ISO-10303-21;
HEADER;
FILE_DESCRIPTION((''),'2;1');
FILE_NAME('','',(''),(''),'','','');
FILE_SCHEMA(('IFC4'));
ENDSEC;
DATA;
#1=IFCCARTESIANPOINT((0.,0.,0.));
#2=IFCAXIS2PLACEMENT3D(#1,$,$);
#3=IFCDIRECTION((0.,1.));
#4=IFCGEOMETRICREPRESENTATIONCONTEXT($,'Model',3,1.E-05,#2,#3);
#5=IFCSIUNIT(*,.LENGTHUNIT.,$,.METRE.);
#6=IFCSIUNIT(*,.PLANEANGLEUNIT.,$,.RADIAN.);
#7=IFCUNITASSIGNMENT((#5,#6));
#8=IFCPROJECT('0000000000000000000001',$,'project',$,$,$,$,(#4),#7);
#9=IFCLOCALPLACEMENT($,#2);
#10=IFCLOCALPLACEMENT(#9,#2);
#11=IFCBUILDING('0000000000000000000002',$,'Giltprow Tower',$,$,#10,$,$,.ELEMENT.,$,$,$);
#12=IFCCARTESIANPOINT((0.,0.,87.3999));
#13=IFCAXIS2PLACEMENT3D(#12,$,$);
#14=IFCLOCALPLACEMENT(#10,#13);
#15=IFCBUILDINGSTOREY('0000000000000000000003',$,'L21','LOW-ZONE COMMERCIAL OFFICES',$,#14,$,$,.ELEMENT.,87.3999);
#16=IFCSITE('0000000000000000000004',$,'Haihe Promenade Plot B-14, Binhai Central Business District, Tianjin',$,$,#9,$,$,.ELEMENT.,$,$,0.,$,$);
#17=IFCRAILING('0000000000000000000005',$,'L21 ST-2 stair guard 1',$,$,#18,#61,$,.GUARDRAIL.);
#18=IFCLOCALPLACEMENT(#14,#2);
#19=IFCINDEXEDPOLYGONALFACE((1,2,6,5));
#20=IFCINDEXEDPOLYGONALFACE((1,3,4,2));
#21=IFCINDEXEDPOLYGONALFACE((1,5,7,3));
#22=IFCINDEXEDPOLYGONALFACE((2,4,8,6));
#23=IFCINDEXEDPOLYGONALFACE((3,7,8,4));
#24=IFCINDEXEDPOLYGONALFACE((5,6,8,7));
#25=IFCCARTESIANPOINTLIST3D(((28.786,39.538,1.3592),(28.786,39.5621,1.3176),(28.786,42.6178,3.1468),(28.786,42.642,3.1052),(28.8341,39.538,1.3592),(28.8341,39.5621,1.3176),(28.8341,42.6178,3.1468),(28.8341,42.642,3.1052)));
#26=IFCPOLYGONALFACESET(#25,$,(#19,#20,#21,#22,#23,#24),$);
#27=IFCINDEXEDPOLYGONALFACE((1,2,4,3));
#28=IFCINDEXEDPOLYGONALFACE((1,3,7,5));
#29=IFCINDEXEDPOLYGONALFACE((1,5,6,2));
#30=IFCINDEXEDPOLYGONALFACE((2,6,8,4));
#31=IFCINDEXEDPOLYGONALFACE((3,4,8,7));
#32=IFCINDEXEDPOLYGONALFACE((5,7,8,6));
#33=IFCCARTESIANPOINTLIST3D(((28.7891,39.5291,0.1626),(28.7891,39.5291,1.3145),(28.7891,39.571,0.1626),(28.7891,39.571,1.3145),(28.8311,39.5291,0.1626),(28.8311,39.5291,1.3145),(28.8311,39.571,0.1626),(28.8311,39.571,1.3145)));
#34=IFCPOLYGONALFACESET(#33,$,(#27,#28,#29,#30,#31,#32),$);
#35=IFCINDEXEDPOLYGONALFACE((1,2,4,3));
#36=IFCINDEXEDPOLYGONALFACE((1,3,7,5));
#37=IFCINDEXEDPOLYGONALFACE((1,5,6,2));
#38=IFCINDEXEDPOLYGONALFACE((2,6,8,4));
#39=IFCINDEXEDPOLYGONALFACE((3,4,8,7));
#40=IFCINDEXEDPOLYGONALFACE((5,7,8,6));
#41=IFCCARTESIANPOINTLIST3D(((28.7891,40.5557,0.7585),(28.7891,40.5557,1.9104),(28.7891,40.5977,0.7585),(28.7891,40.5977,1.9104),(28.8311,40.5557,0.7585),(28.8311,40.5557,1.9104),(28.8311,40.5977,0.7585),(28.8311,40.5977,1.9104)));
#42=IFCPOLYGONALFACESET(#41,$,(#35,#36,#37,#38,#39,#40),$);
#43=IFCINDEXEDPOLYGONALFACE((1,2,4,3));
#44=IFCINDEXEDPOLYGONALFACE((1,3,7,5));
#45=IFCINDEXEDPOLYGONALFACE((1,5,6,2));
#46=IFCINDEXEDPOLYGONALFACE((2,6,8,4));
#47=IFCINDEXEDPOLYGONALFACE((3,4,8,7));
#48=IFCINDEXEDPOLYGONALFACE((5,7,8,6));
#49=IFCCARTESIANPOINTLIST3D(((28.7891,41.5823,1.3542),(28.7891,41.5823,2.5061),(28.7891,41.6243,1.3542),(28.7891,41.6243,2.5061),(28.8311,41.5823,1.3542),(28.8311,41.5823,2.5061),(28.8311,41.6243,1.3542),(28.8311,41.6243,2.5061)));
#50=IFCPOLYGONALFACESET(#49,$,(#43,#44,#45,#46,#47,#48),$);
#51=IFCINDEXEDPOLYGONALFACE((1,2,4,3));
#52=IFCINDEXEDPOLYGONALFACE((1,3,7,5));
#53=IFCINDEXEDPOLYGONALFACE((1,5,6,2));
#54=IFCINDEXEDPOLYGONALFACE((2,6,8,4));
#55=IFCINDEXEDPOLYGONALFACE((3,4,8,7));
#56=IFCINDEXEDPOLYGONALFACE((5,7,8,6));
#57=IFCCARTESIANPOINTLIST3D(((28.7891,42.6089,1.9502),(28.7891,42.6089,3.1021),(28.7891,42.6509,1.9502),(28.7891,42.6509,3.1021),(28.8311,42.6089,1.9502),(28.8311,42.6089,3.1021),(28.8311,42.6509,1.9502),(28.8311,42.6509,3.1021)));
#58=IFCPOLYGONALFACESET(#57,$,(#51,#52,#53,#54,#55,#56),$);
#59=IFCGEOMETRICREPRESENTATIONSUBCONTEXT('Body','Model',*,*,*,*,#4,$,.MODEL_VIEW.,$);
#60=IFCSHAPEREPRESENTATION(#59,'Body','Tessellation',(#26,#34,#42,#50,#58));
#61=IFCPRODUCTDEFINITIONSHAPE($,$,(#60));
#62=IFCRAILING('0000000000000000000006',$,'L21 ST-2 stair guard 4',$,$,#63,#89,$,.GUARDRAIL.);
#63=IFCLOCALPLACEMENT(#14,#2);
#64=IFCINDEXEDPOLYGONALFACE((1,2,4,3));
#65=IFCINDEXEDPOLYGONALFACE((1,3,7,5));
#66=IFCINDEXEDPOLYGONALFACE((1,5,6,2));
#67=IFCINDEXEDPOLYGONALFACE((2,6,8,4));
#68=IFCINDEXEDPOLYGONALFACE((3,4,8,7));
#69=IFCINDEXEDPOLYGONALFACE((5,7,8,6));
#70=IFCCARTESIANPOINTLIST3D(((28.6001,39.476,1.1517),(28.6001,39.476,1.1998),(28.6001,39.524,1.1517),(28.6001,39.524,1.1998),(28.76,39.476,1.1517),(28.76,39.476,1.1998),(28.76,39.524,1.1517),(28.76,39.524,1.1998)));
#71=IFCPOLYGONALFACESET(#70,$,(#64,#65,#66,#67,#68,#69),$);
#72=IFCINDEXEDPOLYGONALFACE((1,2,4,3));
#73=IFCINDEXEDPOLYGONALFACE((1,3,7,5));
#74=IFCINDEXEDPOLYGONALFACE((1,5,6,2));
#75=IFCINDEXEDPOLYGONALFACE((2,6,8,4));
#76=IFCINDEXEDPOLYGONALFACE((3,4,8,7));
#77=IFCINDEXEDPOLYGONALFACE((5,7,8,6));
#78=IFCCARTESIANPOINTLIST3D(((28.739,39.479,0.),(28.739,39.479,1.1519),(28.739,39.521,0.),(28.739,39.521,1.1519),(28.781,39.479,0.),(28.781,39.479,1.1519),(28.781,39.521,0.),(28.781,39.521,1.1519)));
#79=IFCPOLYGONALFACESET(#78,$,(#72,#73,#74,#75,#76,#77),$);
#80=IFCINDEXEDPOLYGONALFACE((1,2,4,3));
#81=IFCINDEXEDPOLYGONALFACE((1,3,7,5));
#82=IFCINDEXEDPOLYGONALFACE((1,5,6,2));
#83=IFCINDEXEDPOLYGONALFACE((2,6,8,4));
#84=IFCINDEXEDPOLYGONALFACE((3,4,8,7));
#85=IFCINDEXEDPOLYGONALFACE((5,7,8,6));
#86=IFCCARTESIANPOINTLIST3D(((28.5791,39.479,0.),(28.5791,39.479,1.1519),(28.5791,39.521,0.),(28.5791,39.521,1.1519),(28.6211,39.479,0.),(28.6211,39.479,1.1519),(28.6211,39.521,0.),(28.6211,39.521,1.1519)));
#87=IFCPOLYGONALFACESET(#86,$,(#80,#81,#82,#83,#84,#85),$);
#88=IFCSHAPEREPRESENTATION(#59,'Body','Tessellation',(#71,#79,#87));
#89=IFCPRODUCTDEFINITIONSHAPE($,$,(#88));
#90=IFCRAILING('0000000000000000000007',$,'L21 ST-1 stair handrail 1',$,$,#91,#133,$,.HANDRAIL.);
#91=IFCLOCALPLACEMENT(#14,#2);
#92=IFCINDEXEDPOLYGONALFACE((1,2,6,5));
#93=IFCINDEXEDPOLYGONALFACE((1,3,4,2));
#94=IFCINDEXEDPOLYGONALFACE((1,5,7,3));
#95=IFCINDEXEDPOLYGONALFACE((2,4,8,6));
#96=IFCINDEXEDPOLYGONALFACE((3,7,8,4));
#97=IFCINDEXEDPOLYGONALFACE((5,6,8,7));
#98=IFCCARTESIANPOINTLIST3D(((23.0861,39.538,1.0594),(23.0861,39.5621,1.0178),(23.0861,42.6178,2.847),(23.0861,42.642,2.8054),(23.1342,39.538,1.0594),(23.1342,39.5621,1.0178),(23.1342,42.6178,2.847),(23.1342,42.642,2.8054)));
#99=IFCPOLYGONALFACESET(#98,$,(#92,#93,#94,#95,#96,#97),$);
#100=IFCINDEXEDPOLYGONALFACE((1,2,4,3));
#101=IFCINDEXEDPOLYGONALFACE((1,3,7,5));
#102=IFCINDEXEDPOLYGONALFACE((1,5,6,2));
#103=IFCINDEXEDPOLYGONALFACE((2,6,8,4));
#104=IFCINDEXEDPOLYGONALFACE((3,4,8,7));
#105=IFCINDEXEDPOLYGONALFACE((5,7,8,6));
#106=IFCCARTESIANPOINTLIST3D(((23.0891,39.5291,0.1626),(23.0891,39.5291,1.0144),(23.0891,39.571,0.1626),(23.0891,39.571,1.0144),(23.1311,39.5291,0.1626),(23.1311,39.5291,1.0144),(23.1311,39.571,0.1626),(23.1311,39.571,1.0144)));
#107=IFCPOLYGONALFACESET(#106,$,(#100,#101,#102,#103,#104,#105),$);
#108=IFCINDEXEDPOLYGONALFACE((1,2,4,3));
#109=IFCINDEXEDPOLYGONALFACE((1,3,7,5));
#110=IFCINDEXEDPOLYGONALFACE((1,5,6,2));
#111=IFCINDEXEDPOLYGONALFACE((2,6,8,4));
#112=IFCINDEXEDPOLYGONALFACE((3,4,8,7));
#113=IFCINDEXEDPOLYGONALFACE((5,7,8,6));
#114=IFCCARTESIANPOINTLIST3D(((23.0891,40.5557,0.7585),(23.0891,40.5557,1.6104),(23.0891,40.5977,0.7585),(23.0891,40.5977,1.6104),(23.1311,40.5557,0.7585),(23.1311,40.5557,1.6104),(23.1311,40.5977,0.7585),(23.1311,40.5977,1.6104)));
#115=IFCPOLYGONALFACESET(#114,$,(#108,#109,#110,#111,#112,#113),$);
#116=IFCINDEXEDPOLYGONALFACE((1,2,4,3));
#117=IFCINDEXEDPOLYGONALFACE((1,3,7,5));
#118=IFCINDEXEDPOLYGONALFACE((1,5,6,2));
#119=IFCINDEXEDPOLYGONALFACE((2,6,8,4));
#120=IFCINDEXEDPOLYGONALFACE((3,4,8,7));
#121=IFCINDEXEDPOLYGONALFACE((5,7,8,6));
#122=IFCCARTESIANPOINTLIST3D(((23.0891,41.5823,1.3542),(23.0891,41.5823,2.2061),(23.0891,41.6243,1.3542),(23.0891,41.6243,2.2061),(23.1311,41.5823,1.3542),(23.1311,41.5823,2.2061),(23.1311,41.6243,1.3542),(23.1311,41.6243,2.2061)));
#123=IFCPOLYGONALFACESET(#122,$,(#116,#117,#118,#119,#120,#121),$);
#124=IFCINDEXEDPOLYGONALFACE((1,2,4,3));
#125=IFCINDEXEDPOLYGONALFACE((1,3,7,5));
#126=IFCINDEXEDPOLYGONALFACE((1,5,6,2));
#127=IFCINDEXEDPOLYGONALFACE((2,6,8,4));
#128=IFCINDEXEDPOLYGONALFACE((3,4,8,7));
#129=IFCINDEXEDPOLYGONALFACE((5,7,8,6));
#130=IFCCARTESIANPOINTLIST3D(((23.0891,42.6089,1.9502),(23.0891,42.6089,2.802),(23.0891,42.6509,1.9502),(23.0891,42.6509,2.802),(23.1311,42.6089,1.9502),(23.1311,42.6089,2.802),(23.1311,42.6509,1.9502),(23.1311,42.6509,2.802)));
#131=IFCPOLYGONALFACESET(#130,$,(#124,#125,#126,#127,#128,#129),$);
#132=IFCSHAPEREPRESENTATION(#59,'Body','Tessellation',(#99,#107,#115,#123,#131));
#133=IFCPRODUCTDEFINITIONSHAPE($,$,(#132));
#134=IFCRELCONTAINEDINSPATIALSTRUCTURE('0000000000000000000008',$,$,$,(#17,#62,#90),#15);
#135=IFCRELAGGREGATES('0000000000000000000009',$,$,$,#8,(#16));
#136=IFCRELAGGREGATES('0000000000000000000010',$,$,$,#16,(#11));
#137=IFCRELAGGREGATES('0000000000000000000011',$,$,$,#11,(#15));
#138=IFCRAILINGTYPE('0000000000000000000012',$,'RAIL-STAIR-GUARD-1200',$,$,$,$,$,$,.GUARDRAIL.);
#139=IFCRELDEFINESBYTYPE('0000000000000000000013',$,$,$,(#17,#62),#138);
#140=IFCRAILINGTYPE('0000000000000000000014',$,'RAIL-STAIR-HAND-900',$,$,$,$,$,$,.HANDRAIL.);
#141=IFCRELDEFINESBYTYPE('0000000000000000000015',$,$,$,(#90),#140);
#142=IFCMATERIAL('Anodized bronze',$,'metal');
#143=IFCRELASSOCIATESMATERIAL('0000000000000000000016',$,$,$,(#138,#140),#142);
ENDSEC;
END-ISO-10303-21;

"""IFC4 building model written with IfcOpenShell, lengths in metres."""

from ifc_helpers import new_model, si_unit, direction, frame, origin, origin_2d, place, context, subcontext, project, spatial, rectangle, extrude, material, type_object, element, save


model = new_model("IFC4")

# Units and contexts
model_context = context("Model", 3, precision=1e-05, world=origin(), true_north=direction((0.0, 1.0)))
body_context = subcontext(model_context, "Body", "Model", "MODEL_VIEW")
ifc_project = project(units=[si_unit("LENGTHUNIT", "METRE"), si_unit("PLANEANGLEUNIT", "RADIAN")], contexts=[model_context])

# Site, building, storey
site_placement = place(None, origin())
site = spatial("IfcSite", under=ifc_project, at=site_placement, Name="Haihe Promenade Plot B-14, Binhai Central Business District, Tianjin", CompositionType="ELEMENT", RefElevation=0.0)
building_placement = place(site_placement, origin())
building = spatial("IfcBuilding", under=site, at=building_placement, Name="Giltprow Tower", CompositionType="ELEMENT")
storey_placement = place(building_placement, frame((0.0, 0.0, 87.3999)))
storey = spatial("IfcBuildingStorey", under=building, at=storey_placement, Name="L21", Description="LOW-ZONE COMMERCIAL OFFICES", CompositionType="ELEMENT", Elevation=87.3999)

# Railings
ifc_material_1 = material(Name="Anodized bronze", Category="metal")
railing_type_1 = type_object("IfcRailingType", Name="RAIL-STAIR-GUARD-1200", PredefinedType="GUARDRAIL", material=ifc_material_1)
railing_1_placement = place(storey_placement, frame((28.8101, 39.55, 0.1626)))
element("IfcRailing", 1, at=railing_1_placement, inside=storey, type_object=railing_type_1, Name="L21 ST-2 stair guard 1", PredefinedType="GUARDRAIL", context=body_context, shape_type="SweptSolid", body=[
    extrude(rectangle(XDim=0.0481, YDim=0.0481, at=origin_2d()), frame((0.0, 0.0, 1.1758), z_axis=(0.0, 0.864873, 0.50199), x_axis=(-1.0, 0.0, 0.0)), (0.0, 0.0, 1.0), 3.561),
    extrude(rectangle(XDim=0.042, YDim=0.042, at=origin_2d()), origin(), (0.0, 0.0, 1.0), 1.1519),
    extrude(rectangle(XDim=0.042, YDim=0.042, at=origin_2d()), frame((0.0, 1.0266, 0.5959)), (0.0, 0.0, 1.0), 1.1519),
    extrude(rectangle(XDim=0.042, YDim=0.042, at=origin_2d()), frame((0.0, 2.0532, 1.1917)), (0.0, 0.0, 1.0), 1.1519),
    extrude(rectangle(XDim=0.042, YDim=0.042, at=origin_2d()), frame((0.0, 3.0798, 1.7876)), (0.0, 0.0, 1.0), 1.1519),
])
railing_2_placement = place(storey_placement, frame((28.76, 39.5, 0.0)))
element("IfcRailing", 2, at=railing_2_placement, inside=storey, type_object=railing_type_1, Name="L21 ST-2 stair guard 4", PredefinedType="GUARDRAIL", context=body_context, shape_type="SweptSolid", body=[
    extrude(rectangle(XDim=0.0481, YDim=0.0481, at=origin_2d()), frame((0.0, 0.0, 1.1758), z_axis=(-1.0, 0.0, 0.0), x_axis=(0.0, -1.0, 0.0)), (0.0, 0.0, 1.0), 0.1599),
    extrude(rectangle(XDim=0.042, YDim=0.042, at=origin_2d()), origin(), (0.0, 0.0, 1.0), 1.1519),
    extrude(rectangle(XDim=0.042, YDim=0.042, at=origin_2d()), frame((-0.1599, 0.0, 0.0)), (0.0, 0.0, 1.0), 1.1519),
])
railing_type_2 = type_object("IfcRailingType", Name="RAIL-STAIR-HAND-900", PredefinedType="HANDRAIL", material=ifc_material_1)
railing_3_placement = place(storey_placement, frame((23.1101, 39.55, 0.1626)))
element("IfcRailing", 3, at=railing_3_placement, inside=storey, type_object=railing_type_2, Name="L21 ST-1 stair handrail 1", PredefinedType="HANDRAIL", context=body_context, shape_type="SweptSolid", body=[
    extrude(rectangle(XDim=0.0481, YDim=0.0481, at=origin_2d()), frame((0.0, 0.0, 0.876), z_axis=(0.0, 0.864873, 0.50199), x_axis=(-1.0, 0.0, 0.0)), (0.0, 0.0, 1.0), 3.561),
    extrude(rectangle(XDim=0.042, YDim=0.042, at=origin_2d()), origin(), (0.0, 0.0, 1.0), 0.8518),
    extrude(rectangle(XDim=0.042, YDim=0.042, at=origin_2d()), frame((0.0, 1.0266, 0.5959)), (0.0, 0.0, 1.0), 0.8518),
    extrude(rectangle(XDim=0.042, YDim=0.042, at=origin_2d()), frame((0.0, 2.0532, 1.1917)), (0.0, 0.0, 1.0), 0.8518),
    extrude(rectangle(XDim=0.042, YDim=0.042, at=origin_2d()), frame((0.0, 3.0798, 1.7876)), (0.0, 0.0, 1.0), 0.8518),
])

save(model, "model.ifc")
